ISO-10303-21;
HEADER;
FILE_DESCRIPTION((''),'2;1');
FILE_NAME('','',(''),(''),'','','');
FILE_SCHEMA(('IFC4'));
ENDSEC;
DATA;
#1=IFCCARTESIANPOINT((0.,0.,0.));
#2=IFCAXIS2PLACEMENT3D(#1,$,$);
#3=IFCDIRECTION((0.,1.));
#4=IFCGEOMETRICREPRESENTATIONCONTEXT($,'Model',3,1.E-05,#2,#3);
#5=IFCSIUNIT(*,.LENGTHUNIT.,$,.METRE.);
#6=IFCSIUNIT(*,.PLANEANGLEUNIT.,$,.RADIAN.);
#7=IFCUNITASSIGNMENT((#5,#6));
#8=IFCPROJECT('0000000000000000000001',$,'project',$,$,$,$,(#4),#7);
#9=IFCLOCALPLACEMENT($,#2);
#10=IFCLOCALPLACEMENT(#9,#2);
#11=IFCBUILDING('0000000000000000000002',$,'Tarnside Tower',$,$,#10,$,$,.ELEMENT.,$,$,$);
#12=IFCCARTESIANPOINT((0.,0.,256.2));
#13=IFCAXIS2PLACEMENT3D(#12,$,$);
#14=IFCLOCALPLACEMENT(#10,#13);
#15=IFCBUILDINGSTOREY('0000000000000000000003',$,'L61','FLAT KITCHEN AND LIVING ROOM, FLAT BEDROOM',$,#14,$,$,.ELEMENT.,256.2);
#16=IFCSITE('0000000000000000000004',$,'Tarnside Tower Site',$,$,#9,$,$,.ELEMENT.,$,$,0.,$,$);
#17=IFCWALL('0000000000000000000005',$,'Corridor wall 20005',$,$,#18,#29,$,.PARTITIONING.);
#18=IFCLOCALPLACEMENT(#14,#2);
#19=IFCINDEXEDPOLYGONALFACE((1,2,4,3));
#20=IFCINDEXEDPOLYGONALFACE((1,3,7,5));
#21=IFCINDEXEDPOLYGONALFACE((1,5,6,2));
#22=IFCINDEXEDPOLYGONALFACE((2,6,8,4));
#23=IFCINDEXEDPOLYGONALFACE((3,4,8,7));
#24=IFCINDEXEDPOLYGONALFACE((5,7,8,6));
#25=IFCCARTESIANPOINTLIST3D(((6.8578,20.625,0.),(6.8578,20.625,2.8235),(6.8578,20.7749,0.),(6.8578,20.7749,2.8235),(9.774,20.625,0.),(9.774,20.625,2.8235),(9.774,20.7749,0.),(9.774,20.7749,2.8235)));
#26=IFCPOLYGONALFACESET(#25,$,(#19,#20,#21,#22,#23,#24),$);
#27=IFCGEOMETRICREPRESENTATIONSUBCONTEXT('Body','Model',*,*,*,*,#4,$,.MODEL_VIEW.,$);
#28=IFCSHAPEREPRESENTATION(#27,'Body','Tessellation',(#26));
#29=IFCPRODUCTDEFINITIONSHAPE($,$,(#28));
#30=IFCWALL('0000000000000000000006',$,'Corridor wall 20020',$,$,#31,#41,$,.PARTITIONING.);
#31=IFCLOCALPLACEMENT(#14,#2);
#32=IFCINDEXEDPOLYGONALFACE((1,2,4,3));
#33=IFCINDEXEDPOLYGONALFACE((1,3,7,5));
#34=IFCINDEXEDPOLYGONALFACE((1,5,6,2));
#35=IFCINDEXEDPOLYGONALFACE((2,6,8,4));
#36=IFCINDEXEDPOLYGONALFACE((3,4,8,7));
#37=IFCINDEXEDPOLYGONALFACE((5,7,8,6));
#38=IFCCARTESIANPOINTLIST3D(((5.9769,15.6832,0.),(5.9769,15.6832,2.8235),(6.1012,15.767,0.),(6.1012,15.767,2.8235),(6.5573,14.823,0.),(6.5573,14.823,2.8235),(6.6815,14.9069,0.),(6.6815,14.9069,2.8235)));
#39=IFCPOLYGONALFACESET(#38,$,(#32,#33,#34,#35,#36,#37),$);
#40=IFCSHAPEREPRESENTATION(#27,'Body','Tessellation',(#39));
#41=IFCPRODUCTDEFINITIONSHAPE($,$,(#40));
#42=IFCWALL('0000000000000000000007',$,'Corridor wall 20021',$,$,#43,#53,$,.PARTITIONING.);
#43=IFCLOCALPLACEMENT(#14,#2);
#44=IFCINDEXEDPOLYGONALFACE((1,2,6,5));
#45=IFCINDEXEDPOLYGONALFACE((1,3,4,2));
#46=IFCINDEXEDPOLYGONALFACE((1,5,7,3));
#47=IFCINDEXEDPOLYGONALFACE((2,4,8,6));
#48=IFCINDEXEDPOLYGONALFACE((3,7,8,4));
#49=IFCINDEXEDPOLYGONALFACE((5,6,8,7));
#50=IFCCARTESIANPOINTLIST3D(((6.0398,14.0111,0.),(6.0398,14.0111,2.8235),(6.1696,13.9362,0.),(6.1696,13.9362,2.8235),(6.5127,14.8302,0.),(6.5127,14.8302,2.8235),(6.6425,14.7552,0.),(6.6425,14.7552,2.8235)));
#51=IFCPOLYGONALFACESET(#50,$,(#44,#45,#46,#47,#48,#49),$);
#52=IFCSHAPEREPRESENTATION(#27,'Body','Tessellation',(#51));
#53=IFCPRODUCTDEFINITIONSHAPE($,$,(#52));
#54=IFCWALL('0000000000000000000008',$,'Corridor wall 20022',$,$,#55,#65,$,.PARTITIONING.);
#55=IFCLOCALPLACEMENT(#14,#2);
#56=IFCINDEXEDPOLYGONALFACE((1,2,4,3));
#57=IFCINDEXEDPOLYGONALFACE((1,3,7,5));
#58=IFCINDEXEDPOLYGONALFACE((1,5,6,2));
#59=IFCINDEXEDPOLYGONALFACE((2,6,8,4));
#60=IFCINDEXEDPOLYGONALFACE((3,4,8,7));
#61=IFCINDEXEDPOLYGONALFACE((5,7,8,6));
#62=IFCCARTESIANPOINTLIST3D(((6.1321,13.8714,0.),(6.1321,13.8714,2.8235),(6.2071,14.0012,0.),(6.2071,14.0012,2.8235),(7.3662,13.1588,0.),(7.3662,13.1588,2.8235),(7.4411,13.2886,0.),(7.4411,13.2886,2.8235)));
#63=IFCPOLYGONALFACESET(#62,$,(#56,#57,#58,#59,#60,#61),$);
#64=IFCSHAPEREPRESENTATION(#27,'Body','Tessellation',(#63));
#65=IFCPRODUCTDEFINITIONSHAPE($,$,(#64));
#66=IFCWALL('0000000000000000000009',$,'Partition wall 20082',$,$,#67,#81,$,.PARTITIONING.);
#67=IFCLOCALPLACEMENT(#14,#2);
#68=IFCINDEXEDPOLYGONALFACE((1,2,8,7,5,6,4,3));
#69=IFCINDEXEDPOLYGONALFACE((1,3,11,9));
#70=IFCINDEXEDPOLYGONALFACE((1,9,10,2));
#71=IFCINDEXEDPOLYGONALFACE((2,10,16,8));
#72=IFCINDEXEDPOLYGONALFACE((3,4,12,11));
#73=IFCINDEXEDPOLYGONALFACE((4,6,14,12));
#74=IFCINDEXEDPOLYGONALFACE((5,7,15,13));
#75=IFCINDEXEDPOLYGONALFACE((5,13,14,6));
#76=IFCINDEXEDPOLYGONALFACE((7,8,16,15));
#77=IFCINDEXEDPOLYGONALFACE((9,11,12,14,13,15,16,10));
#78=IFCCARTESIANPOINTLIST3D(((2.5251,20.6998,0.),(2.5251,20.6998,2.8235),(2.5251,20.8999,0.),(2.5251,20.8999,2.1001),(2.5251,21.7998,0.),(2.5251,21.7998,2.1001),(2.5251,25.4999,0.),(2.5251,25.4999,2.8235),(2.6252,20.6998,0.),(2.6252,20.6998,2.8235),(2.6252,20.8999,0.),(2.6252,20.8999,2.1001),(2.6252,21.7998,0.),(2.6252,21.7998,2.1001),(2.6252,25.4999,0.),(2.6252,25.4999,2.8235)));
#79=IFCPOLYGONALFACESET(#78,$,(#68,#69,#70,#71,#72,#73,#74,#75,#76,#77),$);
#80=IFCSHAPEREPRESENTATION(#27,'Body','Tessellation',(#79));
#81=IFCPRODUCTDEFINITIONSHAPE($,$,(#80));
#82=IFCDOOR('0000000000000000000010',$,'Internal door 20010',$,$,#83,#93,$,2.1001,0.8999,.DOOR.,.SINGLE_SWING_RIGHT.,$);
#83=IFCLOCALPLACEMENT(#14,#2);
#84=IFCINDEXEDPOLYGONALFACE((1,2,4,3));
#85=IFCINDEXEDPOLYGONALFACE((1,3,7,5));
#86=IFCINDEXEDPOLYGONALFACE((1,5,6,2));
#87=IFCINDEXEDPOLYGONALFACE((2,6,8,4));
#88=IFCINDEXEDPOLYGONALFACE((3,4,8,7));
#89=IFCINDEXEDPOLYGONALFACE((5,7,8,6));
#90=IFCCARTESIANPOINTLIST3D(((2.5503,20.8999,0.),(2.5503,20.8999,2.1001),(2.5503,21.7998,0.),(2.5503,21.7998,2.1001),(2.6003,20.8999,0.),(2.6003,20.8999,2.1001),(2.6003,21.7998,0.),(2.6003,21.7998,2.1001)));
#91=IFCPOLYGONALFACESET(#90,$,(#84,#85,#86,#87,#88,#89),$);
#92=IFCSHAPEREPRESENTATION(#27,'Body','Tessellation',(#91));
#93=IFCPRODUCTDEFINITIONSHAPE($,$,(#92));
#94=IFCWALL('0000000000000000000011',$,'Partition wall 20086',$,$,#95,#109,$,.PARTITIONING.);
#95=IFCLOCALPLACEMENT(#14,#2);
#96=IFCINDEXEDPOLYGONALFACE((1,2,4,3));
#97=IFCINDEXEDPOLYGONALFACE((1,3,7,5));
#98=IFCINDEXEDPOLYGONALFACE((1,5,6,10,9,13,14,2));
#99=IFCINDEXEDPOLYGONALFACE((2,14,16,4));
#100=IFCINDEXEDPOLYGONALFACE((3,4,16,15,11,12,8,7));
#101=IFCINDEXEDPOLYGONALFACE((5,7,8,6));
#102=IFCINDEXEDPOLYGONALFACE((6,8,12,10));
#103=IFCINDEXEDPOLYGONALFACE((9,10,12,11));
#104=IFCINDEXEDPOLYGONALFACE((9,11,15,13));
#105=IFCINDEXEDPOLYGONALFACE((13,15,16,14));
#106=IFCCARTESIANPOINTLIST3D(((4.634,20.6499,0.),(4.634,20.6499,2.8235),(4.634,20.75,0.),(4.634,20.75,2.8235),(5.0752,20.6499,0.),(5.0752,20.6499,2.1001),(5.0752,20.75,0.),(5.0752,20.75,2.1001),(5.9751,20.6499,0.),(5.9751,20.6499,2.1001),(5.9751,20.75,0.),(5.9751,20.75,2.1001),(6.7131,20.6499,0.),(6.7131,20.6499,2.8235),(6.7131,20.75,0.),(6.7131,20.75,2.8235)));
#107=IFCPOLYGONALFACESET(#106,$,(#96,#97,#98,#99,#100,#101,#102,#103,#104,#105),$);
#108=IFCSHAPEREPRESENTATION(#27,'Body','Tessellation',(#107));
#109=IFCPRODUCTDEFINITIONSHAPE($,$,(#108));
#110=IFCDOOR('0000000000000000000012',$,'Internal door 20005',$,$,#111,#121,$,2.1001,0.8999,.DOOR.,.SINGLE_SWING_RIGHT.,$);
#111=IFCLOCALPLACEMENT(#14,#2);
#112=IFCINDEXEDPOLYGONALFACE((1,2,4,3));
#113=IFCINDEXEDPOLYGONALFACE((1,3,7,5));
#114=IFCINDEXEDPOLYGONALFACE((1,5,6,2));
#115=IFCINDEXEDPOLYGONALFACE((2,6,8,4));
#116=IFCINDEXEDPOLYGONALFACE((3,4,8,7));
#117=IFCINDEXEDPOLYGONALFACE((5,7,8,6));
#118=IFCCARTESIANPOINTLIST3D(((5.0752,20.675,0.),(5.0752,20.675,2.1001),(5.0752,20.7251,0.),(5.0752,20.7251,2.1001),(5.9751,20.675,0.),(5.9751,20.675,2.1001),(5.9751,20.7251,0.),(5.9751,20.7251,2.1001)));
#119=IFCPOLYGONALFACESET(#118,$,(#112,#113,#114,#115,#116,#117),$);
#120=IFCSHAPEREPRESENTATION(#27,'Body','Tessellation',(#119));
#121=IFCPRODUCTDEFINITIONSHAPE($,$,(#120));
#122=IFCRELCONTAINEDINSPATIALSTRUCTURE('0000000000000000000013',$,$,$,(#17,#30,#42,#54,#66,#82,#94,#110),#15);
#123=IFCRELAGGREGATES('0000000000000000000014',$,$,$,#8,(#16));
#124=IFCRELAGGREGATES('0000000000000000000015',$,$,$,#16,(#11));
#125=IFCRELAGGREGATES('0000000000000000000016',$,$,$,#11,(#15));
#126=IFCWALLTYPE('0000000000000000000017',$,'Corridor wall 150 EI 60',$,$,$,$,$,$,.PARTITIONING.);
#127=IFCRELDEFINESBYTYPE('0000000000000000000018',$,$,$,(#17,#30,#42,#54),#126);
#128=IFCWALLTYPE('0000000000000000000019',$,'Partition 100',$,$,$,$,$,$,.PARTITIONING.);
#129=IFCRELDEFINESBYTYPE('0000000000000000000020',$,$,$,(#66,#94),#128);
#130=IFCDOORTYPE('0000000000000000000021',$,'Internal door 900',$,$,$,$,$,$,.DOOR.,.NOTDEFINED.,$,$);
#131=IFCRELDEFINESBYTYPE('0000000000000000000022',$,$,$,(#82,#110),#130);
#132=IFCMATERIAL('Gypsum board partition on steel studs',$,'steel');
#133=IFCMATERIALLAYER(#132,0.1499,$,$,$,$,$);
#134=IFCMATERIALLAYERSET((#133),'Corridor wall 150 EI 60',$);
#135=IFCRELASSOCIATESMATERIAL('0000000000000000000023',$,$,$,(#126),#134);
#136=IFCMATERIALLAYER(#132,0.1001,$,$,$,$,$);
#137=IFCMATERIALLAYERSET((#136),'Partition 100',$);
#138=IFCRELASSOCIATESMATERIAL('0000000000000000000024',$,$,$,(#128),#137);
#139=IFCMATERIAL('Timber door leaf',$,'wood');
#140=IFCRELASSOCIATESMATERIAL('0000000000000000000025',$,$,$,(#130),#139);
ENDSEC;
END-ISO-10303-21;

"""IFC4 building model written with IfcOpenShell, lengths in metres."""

from ifc_helpers import new_model, si_unit, direction, frame, frame_2d, origin, place, context, subcontext, project, spatial, rectangle, extrude, material, layer, layer_set, type_object, element, fill, save


model = new_model("IFC4")

# Units and contexts
model_context = context("Model", 3, precision=1e-05, world=origin(), true_north=direction((0.0, 1.0)))
body_context = subcontext(model_context, "Body", "Model", "MODEL_VIEW")
ifc_project = project(units=[si_unit("LENGTHUNIT", "METRE"), si_unit("PLANEANGLEUNIT", "RADIAN")], contexts=[model_context])

# Site, building, storey
site_placement = place(None, origin())
site = spatial("IfcSite", under=ifc_project, at=site_placement, Name="Tarnside Tower Site", CompositionType="ELEMENT", RefElevation=0.0)
building_placement = place(site_placement, origin())
building = spatial("IfcBuilding", under=site, at=building_placement, Name="Tarnside Tower", CompositionType="ELEMENT")
storey_placement = place(building_placement, frame((0.0, 0.0, 256.2)))
storey = spatial("IfcBuildingStorey", under=building, at=storey_placement, Name="L61", Description="FLAT KITCHEN AND LIVING ROOM, FLAT BEDROOM", CompositionType="ELEMENT", Elevation=256.2)

# Shared definitions
ifc_material_1 = material(Name="Gypsum board partition on steel studs", Category="steel")

# Shared definitions
ifc_material_2 = material(Name="Timber door leaf", Category="wood")

# Shared definitions
ifc_layer_1 = layer(ifc_material_1, 0.1499)
ifc_layer_set_1 = layer_set([ifc_layer_1], Name="Corridor wall 150 EI 60")
wall_type_1 = type_object("IfcWallType", Name="Corridor wall 150 EI 60", PredefinedType="PARTITIONING", material=ifc_layer_set_1)

# Walls
wall_1_placement = place(storey_placement, frame((9.7739, 20.7, 0.0), z_axis=(0.0, 0.0, 1.0), x_axis=(-1.0, 0.0, 0.0)))
element("IfcWall", 1, at=wall_1_placement, inside=storey, type_object=wall_type_1, Name="Corridor wall 20005", PredefinedType="PARTITIONING", context=body_context, shape_type="SweptSolid", body=[
    extrude(rectangle(XDim=2.9163, YDim=0.1499, at=frame_2d((1.458, 0.0))), origin(), (0.0, 0.0, 1.0), 2.8235),
])
wall_2_placement = place(storey_placement, frame((6.0391, 15.7251, 0.0), z_axis=(0.0, 0.0, 1.0), x_axis=(0.559307, -0.82896, 0.0)))
element("IfcWall", 2, at=wall_2_placement, inside=storey, type_object=wall_type_1, Name="Corridor wall 20020", PredefinedType="PARTITIONING", context=body_context, shape_type="SweptSolid", body=[
    extrude(rectangle(XDim=1.0376, YDim=0.1499, at=frame_2d((0.5188, 0.0))), origin(), (0.0, 0.0, 1.0), 2.8235),
])
wall_3_placement = place(storey_placement, frame((6.5776, 14.7927, 0.0), z_axis=(0.0, 0.0, 1.0), x_axis=(-0.499998, -0.866027, 0.0)))
element("IfcWall", 3, at=wall_3_placement, inside=storey, type_object=wall_type_1, Name="Corridor wall 20021", PredefinedType="PARTITIONING", context=body_context, shape_type="SweptSolid", body=[
    extrude(rectangle(XDim=0.9458, YDim=0.1499, at=frame_2d((0.4729, 0.0))), origin(), (0.0, 0.0, 1.0), 2.8235),
])
wall_4_placement = place(storey_placement, frame((6.1697, 13.9363, 0.0), z_axis=(0.0, 0.0, 1.0), x_axis=(0.865989, -0.500064, 0.0)))
element("IfcWall", 4, at=wall_4_placement, inside=storey, type_object=wall_type_1, Name="Corridor wall 20022", PredefinedType="PARTITIONING", context=body_context, shape_type="SweptSolid", body=[
    extrude(rectangle(XDim=1.425, YDim=0.1499, at=frame_2d((0.7124, 0.0))), origin(), (0.0, 0.0, 1.0), 2.8235),
])

# Walls, openings, doors
ifc_layer_2 = layer(ifc_material_1, 0.1001)
ifc_layer_set_2 = layer_set([ifc_layer_2], Name="Partition 100")
wall_type_2 = type_object("IfcWallType", Name="Partition 100", PredefinedType="PARTITIONING", material=ifc_layer_set_2)
wall_5_placement = place(storey_placement, frame((2.5752, 20.7, 0.0), z_axis=(0.0, 0.0, 1.0), x_axis=(0.0, 1.0, 0.0)))
wall_5 = element("IfcWall", 5, at=wall_5_placement, inside=storey, type_object=wall_type_2, Name="Partition wall 20082", PredefinedType="PARTITIONING", context=body_context, shape_type="SweptSolid", body=[
    extrude(rectangle(XDim=4.8, YDim=0.1001, at=frame_2d((2.3999, 0.0))), origin(), (0.0, 0.0, 1.0), 2.8235),
])
opening_1_placement = place(wall_5_placement, frame((0.2, 0.0, 0.0)))
opening_1 = element("IfcOpeningElement", 6, at=opening_1_placement, cuts=wall_5, PredefinedType="OPENING", context=body_context, shape_type="SweptSolid", body=[
    extrude(rectangle(XDim=0.8999, YDim=2.1001, at=frame_2d((0.45, 1.05))), frame((0.0, 0.0601, 0.0), z_axis=(0.0, -1.0, 0.0), x_axis=(1.0, 0.0, 0.0)), (0.0, 0.0, 1.0), 0.1201),
])
door_type_1 = type_object("IfcDoorType", Name="Internal door 900", OperationType="NOTDEFINED", PredefinedType="DOOR", material=ifc_material_2)
door_1_placement = place(opening_1_placement, origin())
door_1 = element("IfcDoor", 7, at=door_1_placement, inside=storey, type_object=door_type_1, Name="Internal door 20010", OperationType="SINGLE_SWING_RIGHT", OverallHeight=2.1001, OverallWidth=0.8999, PredefinedType="DOOR", context=body_context, shape_type="SweptSolid", body=[
    extrude(rectangle(XDim=0.8999, YDim=2.1001, at=frame_2d((0.45, 1.05))), frame((0.0, 0.0249, 0.0), z_axis=(0.0, -1.0, 0.0), x_axis=(1.0, 0.0, 0.0)), (0.0, 0.0, 1.0), 0.05),
])
fill(opening_1, door_1)
wall_6_placement = place(storey_placement, frame((6.7131, 20.7, 0.0), z_axis=(0.0, 0.0, 1.0), x_axis=(-1.0, 0.0, 0.0)))
wall_6 = element("IfcWall", 8, at=wall_6_placement, inside=storey, type_object=wall_type_2, Name="Partition wall 20086", PredefinedType="PARTITIONING", context=body_context, shape_type="SweptSolid", body=[
    extrude(rectangle(XDim=2.0791, YDim=0.1001, at=frame_2d((1.0396, 0.0))), origin(), (0.0, 0.0, 1.0), 2.8235),
])
opening_2_placement = place(wall_6_placement, frame((0.738, 0.0, 0.0)))
opening_2 = element("IfcOpeningElement", 9, at=opening_2_placement, cuts=wall_6, PredefinedType="OPENING", context=body_context, shape_type="SweptSolid", body=[
    extrude(rectangle(XDim=0.8999, YDim=2.1001, at=frame_2d((0.45, 1.05))), frame((0.0, 0.0601, 0.0), z_axis=(0.0, -1.0, 0.0), x_axis=(1.0, 0.0, 0.0)), (0.0, 0.0, 1.0), 0.1201),
])
door_2_placement = place(opening_2_placement, origin())
door_2 = element("IfcDoor", 10, at=door_2_placement, inside=storey, type_object=door_type_1, Name="Internal door 20005", OperationType="SINGLE_SWING_RIGHT", OverallHeight=2.1001, OverallWidth=0.8999, PredefinedType="DOOR", context=body_context, shape_type="SweptSolid", body=[
    extrude(rectangle(XDim=0.8999, YDim=2.1001, at=frame_2d((0.45, 1.05))), frame((0.0, 0.0249, 0.0), z_axis=(0.0, -1.0, 0.0), x_axis=(1.0, 0.0, 0.0)), (0.0, 0.0, 1.0), 0.05),
])
fill(opening_2, door_2)

save(model, "model.ifc")
